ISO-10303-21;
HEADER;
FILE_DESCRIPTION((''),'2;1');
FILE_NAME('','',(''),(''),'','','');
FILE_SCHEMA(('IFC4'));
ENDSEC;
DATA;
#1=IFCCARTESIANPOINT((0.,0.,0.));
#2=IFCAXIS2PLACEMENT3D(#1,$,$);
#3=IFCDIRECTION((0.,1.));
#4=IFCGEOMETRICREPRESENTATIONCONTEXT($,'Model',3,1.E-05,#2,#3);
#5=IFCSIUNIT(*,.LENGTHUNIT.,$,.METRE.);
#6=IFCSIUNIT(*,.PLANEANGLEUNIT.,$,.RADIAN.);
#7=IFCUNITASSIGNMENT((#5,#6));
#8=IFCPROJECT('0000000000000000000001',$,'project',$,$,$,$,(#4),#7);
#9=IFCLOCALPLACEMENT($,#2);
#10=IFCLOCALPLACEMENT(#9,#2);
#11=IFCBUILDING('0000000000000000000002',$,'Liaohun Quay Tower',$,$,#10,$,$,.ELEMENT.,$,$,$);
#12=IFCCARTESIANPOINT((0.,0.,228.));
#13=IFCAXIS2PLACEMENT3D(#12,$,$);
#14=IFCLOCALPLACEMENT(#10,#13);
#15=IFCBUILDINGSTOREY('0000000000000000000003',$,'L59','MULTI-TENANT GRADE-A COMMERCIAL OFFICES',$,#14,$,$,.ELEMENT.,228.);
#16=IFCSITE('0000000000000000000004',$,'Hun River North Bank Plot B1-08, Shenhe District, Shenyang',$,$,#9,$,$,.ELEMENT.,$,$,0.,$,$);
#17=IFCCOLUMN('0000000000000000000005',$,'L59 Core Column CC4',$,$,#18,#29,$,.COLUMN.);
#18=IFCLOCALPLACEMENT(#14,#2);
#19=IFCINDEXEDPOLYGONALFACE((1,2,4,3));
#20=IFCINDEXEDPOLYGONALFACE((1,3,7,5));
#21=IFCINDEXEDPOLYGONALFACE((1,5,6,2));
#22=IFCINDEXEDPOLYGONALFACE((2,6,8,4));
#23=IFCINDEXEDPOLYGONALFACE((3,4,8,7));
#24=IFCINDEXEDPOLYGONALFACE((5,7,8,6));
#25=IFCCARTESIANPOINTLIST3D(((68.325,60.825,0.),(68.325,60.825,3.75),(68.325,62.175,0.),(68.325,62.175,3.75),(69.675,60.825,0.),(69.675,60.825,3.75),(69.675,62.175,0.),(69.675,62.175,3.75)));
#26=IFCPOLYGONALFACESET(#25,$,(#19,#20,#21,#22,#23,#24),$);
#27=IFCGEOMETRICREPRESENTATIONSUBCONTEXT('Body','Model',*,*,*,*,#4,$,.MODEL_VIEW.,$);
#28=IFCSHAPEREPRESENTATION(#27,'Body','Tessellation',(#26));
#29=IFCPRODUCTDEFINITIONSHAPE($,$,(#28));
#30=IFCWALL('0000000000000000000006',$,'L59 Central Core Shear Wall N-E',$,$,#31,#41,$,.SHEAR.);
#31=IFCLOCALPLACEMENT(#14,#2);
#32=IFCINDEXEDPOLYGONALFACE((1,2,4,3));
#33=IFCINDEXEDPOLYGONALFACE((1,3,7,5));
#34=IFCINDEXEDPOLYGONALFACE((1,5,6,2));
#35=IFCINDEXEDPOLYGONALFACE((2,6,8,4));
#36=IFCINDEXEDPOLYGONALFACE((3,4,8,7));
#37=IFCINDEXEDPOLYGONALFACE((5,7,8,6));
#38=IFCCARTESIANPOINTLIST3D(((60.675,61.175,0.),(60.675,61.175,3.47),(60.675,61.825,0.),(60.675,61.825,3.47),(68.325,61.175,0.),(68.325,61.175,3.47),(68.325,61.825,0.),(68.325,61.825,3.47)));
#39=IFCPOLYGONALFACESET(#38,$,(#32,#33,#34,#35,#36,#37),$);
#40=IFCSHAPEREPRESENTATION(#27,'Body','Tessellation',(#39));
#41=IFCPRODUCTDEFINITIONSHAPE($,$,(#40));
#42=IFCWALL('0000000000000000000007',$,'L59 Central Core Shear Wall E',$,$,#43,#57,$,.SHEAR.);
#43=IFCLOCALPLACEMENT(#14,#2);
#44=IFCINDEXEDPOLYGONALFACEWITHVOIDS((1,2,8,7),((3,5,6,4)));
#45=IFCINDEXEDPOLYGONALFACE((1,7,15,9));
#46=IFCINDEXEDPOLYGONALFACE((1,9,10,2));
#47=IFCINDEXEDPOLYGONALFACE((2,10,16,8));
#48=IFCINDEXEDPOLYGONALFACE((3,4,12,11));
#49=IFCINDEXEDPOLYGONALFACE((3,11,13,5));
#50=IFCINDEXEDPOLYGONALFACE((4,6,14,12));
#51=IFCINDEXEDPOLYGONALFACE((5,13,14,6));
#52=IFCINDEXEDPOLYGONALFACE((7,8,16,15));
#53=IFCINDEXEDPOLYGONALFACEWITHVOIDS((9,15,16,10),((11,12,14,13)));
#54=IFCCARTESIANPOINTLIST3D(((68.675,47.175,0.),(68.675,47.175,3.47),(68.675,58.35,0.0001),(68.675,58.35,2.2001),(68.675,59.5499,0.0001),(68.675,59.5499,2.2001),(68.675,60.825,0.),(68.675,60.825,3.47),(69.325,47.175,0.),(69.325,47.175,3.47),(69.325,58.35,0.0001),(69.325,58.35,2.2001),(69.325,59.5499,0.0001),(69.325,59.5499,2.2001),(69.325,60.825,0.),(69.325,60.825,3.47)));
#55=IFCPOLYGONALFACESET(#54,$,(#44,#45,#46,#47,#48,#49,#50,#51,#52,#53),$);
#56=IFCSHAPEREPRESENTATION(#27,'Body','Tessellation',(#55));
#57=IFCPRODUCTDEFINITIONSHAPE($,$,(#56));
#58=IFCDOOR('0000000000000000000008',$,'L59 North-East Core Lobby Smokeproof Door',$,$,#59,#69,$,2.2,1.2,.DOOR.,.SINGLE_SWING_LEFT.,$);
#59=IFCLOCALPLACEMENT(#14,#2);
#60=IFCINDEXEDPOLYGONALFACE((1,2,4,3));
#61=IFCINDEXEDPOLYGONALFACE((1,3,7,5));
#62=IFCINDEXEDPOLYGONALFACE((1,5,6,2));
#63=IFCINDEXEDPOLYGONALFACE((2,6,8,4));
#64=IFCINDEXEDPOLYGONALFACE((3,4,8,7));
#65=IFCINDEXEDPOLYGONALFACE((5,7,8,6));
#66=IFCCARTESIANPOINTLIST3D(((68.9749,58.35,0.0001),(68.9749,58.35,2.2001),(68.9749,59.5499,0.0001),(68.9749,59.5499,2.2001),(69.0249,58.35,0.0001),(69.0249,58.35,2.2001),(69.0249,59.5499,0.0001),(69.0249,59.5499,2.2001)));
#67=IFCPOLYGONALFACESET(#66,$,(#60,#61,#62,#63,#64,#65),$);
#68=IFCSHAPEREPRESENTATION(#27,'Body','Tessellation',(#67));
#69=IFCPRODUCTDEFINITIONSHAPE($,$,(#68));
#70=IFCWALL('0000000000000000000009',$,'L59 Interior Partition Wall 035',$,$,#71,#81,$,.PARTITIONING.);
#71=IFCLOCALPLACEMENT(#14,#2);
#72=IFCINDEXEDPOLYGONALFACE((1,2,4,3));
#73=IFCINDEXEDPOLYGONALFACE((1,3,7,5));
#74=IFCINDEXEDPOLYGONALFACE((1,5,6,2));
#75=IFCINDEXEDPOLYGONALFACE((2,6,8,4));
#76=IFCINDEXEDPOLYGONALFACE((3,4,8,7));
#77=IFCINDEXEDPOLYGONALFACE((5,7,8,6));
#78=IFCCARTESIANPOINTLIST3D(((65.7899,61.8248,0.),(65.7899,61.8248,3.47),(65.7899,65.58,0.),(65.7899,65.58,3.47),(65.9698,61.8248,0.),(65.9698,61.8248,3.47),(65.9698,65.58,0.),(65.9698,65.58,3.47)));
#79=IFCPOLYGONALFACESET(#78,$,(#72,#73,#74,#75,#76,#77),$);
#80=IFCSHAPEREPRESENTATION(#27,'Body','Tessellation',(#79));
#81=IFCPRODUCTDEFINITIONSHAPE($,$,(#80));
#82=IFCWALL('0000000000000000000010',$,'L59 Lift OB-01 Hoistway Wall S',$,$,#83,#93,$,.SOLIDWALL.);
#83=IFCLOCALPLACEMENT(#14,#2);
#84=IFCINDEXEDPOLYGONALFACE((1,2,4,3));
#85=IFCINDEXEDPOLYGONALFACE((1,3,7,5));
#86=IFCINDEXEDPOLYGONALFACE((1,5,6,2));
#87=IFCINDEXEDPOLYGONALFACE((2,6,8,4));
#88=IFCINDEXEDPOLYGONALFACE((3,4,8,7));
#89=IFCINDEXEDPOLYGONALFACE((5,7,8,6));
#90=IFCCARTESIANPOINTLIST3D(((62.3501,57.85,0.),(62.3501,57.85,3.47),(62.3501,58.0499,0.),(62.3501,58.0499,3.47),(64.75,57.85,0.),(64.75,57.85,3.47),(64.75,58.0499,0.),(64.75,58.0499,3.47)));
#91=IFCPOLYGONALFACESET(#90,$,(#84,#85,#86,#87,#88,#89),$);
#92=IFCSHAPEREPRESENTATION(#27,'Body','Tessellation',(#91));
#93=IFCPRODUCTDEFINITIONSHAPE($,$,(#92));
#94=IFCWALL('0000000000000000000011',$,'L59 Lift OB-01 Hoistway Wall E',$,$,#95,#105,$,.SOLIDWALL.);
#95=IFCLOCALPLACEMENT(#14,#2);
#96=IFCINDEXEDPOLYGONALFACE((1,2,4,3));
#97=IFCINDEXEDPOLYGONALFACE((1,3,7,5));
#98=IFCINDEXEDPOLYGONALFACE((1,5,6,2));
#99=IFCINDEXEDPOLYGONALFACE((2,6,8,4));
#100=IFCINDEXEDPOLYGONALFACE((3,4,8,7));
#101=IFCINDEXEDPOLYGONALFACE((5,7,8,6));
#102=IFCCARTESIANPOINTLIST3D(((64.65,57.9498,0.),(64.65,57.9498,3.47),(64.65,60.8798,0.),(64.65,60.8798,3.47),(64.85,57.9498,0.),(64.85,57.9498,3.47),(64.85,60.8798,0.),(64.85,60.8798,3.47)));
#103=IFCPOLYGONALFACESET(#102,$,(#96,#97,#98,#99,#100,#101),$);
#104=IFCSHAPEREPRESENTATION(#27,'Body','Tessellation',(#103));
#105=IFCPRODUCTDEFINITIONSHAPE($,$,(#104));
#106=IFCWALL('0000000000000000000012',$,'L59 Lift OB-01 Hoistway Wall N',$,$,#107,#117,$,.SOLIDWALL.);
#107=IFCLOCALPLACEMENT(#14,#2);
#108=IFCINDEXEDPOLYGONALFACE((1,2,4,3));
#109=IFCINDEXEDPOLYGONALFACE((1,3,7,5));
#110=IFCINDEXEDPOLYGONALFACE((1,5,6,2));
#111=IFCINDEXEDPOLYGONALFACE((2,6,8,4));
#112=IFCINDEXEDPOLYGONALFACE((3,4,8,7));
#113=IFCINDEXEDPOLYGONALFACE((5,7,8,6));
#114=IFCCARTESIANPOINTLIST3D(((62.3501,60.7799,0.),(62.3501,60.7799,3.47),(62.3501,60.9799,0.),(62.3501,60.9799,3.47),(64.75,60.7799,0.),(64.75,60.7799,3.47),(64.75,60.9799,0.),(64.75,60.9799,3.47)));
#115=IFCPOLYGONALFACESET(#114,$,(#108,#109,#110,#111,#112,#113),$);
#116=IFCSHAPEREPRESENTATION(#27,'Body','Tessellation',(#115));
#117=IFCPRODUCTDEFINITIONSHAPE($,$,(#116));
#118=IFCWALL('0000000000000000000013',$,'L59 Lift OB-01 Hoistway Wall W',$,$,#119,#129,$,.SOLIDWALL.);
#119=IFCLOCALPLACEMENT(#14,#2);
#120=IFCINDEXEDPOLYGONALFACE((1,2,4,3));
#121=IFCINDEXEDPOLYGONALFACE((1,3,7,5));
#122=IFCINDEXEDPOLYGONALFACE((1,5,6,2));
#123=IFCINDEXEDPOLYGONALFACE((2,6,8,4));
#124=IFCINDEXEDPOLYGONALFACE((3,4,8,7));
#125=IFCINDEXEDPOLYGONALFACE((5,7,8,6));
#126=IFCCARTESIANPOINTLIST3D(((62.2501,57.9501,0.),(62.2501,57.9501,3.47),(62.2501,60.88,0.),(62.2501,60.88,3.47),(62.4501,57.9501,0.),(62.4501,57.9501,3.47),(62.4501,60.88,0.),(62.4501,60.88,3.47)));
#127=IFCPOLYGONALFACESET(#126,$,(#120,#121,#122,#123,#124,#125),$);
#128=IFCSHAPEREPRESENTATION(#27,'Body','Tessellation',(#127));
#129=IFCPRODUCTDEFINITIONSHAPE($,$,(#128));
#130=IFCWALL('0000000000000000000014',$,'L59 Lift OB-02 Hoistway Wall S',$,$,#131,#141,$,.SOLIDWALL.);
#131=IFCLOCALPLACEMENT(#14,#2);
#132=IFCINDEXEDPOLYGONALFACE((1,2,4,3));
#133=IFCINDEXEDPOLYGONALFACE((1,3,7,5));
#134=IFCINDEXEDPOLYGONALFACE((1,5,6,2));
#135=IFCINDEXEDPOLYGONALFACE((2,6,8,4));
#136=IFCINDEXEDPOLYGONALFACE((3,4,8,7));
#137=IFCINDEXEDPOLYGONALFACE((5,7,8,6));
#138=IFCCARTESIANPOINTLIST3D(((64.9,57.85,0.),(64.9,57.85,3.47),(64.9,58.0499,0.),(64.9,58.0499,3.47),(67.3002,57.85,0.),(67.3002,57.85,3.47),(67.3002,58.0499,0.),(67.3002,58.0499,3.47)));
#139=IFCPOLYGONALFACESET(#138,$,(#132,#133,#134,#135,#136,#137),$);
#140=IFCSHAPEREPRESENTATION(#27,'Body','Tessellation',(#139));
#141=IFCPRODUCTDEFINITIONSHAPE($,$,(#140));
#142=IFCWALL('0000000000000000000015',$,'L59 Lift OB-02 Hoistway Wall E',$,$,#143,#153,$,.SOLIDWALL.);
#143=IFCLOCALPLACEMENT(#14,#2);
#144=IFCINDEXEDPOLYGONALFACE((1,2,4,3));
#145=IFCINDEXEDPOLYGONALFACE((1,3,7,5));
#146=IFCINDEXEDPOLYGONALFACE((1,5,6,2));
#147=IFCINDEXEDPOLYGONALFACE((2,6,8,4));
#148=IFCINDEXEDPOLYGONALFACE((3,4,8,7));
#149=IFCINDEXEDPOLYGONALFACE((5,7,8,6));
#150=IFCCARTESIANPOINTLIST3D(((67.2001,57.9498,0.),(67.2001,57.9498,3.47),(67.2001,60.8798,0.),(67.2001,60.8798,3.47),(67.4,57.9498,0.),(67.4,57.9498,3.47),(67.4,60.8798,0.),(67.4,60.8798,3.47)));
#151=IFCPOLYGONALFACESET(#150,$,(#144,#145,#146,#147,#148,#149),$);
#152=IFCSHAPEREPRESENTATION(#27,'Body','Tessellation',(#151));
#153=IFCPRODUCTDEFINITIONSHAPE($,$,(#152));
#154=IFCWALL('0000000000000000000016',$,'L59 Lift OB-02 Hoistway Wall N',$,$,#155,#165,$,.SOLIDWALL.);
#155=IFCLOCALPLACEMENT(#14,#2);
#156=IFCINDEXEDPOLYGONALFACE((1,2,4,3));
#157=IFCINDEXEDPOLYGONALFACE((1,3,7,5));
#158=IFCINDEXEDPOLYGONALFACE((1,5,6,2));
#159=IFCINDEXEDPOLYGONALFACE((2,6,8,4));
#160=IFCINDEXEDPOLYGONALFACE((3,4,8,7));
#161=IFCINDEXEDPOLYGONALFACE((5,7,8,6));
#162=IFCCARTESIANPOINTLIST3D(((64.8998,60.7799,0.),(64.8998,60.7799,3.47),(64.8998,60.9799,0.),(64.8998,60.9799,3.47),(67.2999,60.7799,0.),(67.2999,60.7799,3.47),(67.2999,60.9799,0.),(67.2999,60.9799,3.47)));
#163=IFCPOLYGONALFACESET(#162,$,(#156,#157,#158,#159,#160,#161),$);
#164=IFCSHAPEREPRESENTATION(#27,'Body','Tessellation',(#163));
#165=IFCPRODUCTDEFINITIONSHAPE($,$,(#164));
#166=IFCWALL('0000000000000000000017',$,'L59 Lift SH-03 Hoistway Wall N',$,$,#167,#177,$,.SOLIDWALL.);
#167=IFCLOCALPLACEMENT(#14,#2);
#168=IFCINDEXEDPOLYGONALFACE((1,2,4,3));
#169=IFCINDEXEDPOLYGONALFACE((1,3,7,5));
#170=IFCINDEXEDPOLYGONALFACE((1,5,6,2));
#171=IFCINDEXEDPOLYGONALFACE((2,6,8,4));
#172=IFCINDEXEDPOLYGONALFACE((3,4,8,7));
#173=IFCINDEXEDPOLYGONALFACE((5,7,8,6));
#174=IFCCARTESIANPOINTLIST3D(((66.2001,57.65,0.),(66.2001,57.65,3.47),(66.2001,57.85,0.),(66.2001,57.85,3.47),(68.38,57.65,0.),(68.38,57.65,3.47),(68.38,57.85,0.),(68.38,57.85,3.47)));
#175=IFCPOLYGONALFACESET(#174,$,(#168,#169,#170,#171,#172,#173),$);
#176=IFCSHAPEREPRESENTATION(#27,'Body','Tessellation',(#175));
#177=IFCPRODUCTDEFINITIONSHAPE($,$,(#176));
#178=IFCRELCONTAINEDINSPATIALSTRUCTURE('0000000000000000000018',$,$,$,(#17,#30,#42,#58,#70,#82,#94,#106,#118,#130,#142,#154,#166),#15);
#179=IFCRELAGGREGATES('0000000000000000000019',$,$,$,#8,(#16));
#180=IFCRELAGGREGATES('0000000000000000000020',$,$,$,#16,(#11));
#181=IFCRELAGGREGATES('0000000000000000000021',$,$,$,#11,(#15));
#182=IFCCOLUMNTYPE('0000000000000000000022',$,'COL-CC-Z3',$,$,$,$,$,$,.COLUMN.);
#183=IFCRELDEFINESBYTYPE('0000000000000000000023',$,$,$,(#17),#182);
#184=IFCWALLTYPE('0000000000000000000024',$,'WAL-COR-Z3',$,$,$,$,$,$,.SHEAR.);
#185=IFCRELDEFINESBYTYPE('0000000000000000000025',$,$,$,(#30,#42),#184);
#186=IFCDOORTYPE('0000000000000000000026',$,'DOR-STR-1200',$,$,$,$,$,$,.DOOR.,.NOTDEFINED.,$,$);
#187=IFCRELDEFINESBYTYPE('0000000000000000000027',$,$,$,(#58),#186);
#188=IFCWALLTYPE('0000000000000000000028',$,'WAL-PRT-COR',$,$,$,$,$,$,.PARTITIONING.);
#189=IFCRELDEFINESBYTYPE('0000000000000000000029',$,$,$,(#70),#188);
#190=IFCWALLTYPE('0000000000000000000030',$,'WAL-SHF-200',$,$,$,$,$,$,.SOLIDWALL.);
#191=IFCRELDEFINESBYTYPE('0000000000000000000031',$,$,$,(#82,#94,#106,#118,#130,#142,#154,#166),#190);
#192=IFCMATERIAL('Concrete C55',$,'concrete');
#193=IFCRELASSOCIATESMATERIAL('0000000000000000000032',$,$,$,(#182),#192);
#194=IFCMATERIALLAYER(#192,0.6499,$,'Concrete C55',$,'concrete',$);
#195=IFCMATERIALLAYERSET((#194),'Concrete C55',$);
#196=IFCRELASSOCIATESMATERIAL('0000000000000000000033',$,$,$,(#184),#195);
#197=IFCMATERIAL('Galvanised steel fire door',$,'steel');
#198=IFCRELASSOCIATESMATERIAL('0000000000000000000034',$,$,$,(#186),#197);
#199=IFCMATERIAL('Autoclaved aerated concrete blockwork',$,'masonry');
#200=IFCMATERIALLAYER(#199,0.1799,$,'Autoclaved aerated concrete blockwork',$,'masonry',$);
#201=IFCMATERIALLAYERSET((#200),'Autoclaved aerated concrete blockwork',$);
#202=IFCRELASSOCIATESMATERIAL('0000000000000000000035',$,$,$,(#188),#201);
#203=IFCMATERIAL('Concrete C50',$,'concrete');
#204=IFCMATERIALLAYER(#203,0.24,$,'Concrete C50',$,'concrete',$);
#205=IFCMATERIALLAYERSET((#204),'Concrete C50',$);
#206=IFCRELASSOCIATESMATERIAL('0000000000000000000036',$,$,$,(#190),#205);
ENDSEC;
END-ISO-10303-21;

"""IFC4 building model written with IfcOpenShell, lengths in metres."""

from ifc_helpers import new_model, si_unit, direction, frame, frame_2d, origin, origin_2d, place, context, subcontext, project, spatial, rectangle, extrude, source, transform, mapped, material, layer, layer_set, material_profile, profile_set, type_object, element, fill, save


model = new_model("IFC4")

# Units and contexts
model_context = context("Model", 3, precision=1e-05, world=origin(), true_north=direction((0.0, 1.0)))
body_context = subcontext(model_context, "Body", "Model", "MODEL_VIEW")
ifc_project = project(units=[si_unit("LENGTHUNIT", "METRE"), si_unit("PLANEANGLEUNIT", "RADIAN")], contexts=[model_context])

# Site, building, storey
site_placement = place(None, origin())
site = spatial("IfcSite", under=ifc_project, at=site_placement, Name="Hun River North Bank Plot B1-08, Shenhe District, Shenyang", CompositionType="ELEMENT", RefElevation=0.0)
building_placement = place(site_placement, origin())
building = spatial("IfcBuilding", under=site, at=building_placement, Name="Liaohun Quay Tower", CompositionType="ELEMENT")
storey_placement = place(building_placement, frame((0.0, 0.0, 228.0)))
storey = spatial("IfcBuildingStorey", under=building, at=storey_placement, Name="L59", Description="MULTI-TENANT GRADE-A COMMERCIAL OFFICES", CompositionType="ELEMENT", Elevation=228.0)

# Column
ifc_material_1 = material(Name="Concrete C55", Category="concrete")
ifc_material_profile = material_profile(ifc_material_1, rectangle(XDim=1.3501, YDim=1.3501, at=origin_2d()), Name="RC1350x1350")
ifc_profile_set = profile_set([ifc_material_profile], Name="Concrete C55")
column_type = type_object("IfcColumnType", Name="COL-CC-Z3", PredefinedType="COLUMN", material=ifc_profile_set)
shared_shape_1 = source(origin(), body_context, "Body", "SweptSolid", [
    extrude(rectangle(XDim=1.3501, YDim=1.3501, at=origin_2d()), origin(), (0.0, 0.0, 1.0), 3.75),
])
column_placement = place(storey_placement, frame((69.0, 61.5, 0.0), z_axis=(0.0, 0.0, 1.0), x_axis=(1.0, 0.0, 0.0)))
element("IfcColumn", 1, at=column_placement, inside=storey, type_object=column_type, Name="L59 Core Column CC4", PredefinedType="COLUMN", context=body_context, shape_type="MappedRepresentation", body=[
    mapped(shared_shape_1, transform((0.0, 0.0, 0.0), x_axis=(1.0, 0.0, 0.0), y_axis=(0.0, 1.0, 0.0), z_axis=(0.0, 0.0, 1.0), scale=1.0)),
])

# Wall
ifc_layer_1 = layer(ifc_material_1, 0.6499, Name="Concrete C55", Category="concrete")
ifc_layer_set_1 = layer_set([ifc_layer_1], Name="Concrete C55")
wall_type_1 = type_object("IfcWallType", Name="WAL-COR-Z3", PredefinedType="SHEAR", material=ifc_layer_set_1)
wall_1_placement = place(storey_placement, frame((60.675, 61.5, 0.0), z_axis=(0.0, 0.0, 1.0), x_axis=(1.0, 0.0, 0.0)))
element("IfcWall", 2, at=wall_1_placement, inside=storey, type_object=wall_type_1, Name="L59 Central Core Shear Wall N-E", PredefinedType="SHEAR", context=body_context, shape_type="SweptSolid", body=[
    extrude(rectangle(XDim=7.6499, YDim=0.6499, at=frame_2d((3.825, 0.0))), origin(), (0.0, 0.0, 1.0), 3.47),
])

# Wall, opening, door
wall_2_placement = place(storey_placement, frame((69.0, 60.825, 0.0), z_axis=(0.0, 0.0, 1.0), x_axis=(0.0, -1.0, 0.0)))
wall_2 = element("IfcWall", 3, at=wall_2_placement, inside=storey, type_object=wall_type_1, Name="L59 Central Core Shear Wall E", PredefinedType="SHEAR", context=body_context, shape_type="SweptSolid", body=[
    extrude(rectangle(XDim=13.6499, YDim=0.6499, at=frame_2d((6.825, 0.0))), origin(), (0.0, 0.0, 1.0), 3.47),
])
shared_shape_2 = source(origin(), body_context, "Body", "SweptSolid", [
    extrude(rectangle(XDim=1.2, YDim=2.2, at=frame_2d((0.6001, 1.1001))), frame((0.0, 0.335, 0.0), z_axis=(0.0, -1.0, 0.0), x_axis=(1.0, 0.0, 0.0)), (0.0, 0.0, 1.0), 0.6699),
])
opening_placement = place(wall_2_placement, frame((1.2749, 0.0, 0.0)))
opening = element("IfcOpeningElement", 4, at=opening_placement, cuts=wall_2, PredefinedType="OPENING", context=body_context, shape_type="MappedRepresentation", body=[
    mapped(shared_shape_2, transform((0.0, 0.0, 0.0), x_axis=(1.0, 0.0, 0.0), y_axis=(0.0, 1.0, 0.0), z_axis=(0.0, 0.0, 1.0), scale=1.0)),
])
ifc_material_2 = material(Name="Galvanised steel fire door", Category="steel")
door_type = type_object("IfcDoorType", Name="DOR-STR-1200", OperationType="NOTDEFINED", PredefinedType="DOOR", material=ifc_material_2)
shared_shape_3 = source(origin(), body_context, "Body", "SweptSolid", [
    extrude(rectangle(XDim=1.2, YDim=2.2, at=frame_2d((0.6001, 1.1001))), frame((0.0, 0.0249, 0.0), z_axis=(0.0, -1.0, 0.0), x_axis=(1.0, 0.0, 0.0)), (0.0, 0.0, 1.0), 0.05),
])
door_placement = place(opening_placement, origin())
door = element("IfcDoor", 5, at=door_placement, inside=storey, type_object=door_type, Name="L59 North-East Core Lobby Smokeproof Door", OperationType="SINGLE_SWING_LEFT", OverallHeight=2.2, OverallWidth=1.2, PredefinedType="DOOR", context=body_context, shape_type="MappedRepresentation", body=[
    mapped(shared_shape_3, transform((0.0, 0.0, 0.0), x_axis=(1.0, 0.0, 0.0), y_axis=(0.0, 1.0, 0.0), z_axis=(0.0, 0.0, 1.0), scale=1.0)),
])
fill(opening, door)

# Walls
ifc_material_3 = material(Name="Autoclaved aerated concrete blockwork", Category="masonry")
ifc_layer_2 = layer(ifc_material_3, 0.1799, Name="Autoclaved aerated concrete blockwork", Category="masonry")
ifc_layer_set_2 = layer_set([ifc_layer_2], Name="Autoclaved aerated concrete blockwork")
wall_type_2 = type_object("IfcWallType", Name="WAL-PRT-COR", PredefinedType="PARTITIONING", material=ifc_layer_set_2)
wall_3_placement = place(storey_placement, frame((65.8799, 61.825, 0.0), z_axis=(0.0, 0.0, 1.0), x_axis=(0.0, 1.0, 0.0)))
element("IfcWall", 6, at=wall_3_placement, inside=storey, type_object=wall_type_2, Name="L59 Interior Partition Wall 035", PredefinedType="PARTITIONING", context=body_context, shape_type="SweptSolid", body=[
    extrude(rectangle(XDim=3.7551, YDim=0.1799, at=frame_2d((1.8774, 0.0))), origin(), (0.0, 0.0, 1.0), 3.47),
])
ifc_material_4 = material(Name="Concrete C50", Category="concrete")
ifc_layer_3 = layer(ifc_material_4, 0.24, Name="Concrete C50", Category="concrete")
ifc_layer_set_3 = layer_set([ifc_layer_3], Name="Concrete C50")
wall_type_3 = type_object("IfcWallType", Name="WAL-SHF-200", PredefinedType="SOLIDWALL", material=ifc_layer_set_3)
wall_4_placement = place(storey_placement, frame((62.3501, 57.95, 0.0), z_axis=(0.0, 0.0, 1.0), x_axis=(1.0, 0.0, 0.0)))
element("IfcWall", 7, at=wall_4_placement, inside=storey, type_object=wall_type_3, Name="L59 Lift OB-01 Hoistway Wall S", PredefinedType="SOLIDWALL", context=body_context, shape_type="SweptSolid", body=[
    extrude(rectangle(XDim=2.3999, YDim=0.2, at=frame_2d((1.2, 0.0))), origin(), (0.0, 0.0, 1.0), 3.47),
])
wall_5_placement = place(storey_placement, frame((64.75, 57.95, 0.0), z_axis=(0.0, 0.0, 1.0), x_axis=(0.0, 1.0, 0.0)))
element("IfcWall", 8, at=wall_5_placement, inside=storey, type_object=wall_type_3, Name="L59 Lift OB-01 Hoistway Wall E", PredefinedType="SOLIDWALL", context=body_context, shape_type="SweptSolid", body=[
    extrude(rectangle(XDim=2.9299, YDim=0.2, at=frame_2d((1.4648, 0.0))), origin(), (0.0, 0.0, 1.0), 3.47),
])
wall_6_placement = place(storey_placement, frame((64.75, 60.8799, 0.0), z_axis=(0.0, 0.0, 1.0), x_axis=(-1.0, 0.0, 0.0)))
element("IfcWall", 9, at=wall_6_placement, inside=storey, type_object=wall_type_3, Name="L59 Lift OB-01 Hoistway Wall N", PredefinedType="SOLIDWALL", context=body_context, shape_type="SweptSolid", body=[
    extrude(rectangle(XDim=2.3999, YDim=0.2, at=frame_2d((1.2, 0.0))), origin(), (0.0, 0.0, 1.0), 3.47),
])
wall_7_placement = place(storey_placement, frame((62.3501, 60.8799, 0.0), z_axis=(0.0, 0.0, 1.0), x_axis=(0.0, -1.0, 0.0)))
element("IfcWall", 10, at=wall_7_placement, inside=storey, type_object=wall_type_3, Name="L59 Lift OB-01 Hoistway Wall W", PredefinedType="SOLIDWALL", context=body_context, shape_type="SweptSolid", body=[
    extrude(rectangle(XDim=2.9299, YDim=0.2, at=frame_2d((1.4648, 0.0))), origin(), (0.0, 0.0, 1.0), 3.47),
])
wall_8_placement = place(storey_placement, frame((64.8999, 57.95, 0.0), z_axis=(0.0, 0.0, 1.0), x_axis=(1.0, 0.0, 0.0)))
element("IfcWall", 11, at=wall_8_placement, inside=storey, type_object=wall_type_3, Name="L59 Lift OB-02 Hoistway Wall S", PredefinedType="SOLIDWALL", context=body_context, shape_type="SweptSolid", body=[
    extrude(rectangle(XDim=2.4001, YDim=0.2, at=frame_2d((1.2002, 0.0))), origin(), (0.0, 0.0, 1.0), 3.47),
])
wall_9_placement = place(storey_placement, frame((67.3, 57.95, 0.0), z_axis=(0.0, 0.0, 1.0), x_axis=(0.0, 1.0, 0.0)))
element("IfcWall", 12, at=wall_9_placement, inside=storey, type_object=wall_type_3, Name="L59 Lift OB-02 Hoistway Wall E", PredefinedType="SOLIDWALL", context=body_context, shape_type="SweptSolid", body=[
    extrude(rectangle(XDim=2.9299, YDim=0.2, at=frame_2d((1.4648, 0.0))), origin(), (0.0, 0.0, 1.0), 3.47),
])
wall_10_placement = place(storey_placement, frame((67.3, 60.8799, 0.0), z_axis=(0.0, 0.0, 1.0), x_axis=(-1.0, 0.0, 0.0)))
element("IfcWall", 13, at=wall_10_placement, inside=storey, type_object=wall_type_3, Name="L59 Lift OB-02 Hoistway Wall N", PredefinedType="SOLIDWALL", context=body_context, shape_type="SweptSolid", body=[
    extrude(rectangle(XDim=2.4001, YDim=0.2, at=frame_2d((1.2002, 0.0))), origin(), (0.0, 0.0, 1.0), 3.47),
])
wall_11_placement = place(storey_placement, frame((68.3799, 57.75, 0.0), z_axis=(0.0, 0.0, 1.0), x_axis=(-1.0, 0.0, 0.0)))
element("IfcWall", 14, at=wall_11_placement, inside=storey, type_object=wall_type_3, Name="L59 Lift SH-03 Hoistway Wall N", PredefinedType="SOLIDWALL", context=body_context, shape_type="SweptSolid", body=[
    extrude(rectangle(XDim=2.1799, YDim=0.2, at=frame_2d((1.0898, 0.0))), origin(), (0.0, 0.0, 1.0), 3.47),
])

save(model, "model.ifc")
